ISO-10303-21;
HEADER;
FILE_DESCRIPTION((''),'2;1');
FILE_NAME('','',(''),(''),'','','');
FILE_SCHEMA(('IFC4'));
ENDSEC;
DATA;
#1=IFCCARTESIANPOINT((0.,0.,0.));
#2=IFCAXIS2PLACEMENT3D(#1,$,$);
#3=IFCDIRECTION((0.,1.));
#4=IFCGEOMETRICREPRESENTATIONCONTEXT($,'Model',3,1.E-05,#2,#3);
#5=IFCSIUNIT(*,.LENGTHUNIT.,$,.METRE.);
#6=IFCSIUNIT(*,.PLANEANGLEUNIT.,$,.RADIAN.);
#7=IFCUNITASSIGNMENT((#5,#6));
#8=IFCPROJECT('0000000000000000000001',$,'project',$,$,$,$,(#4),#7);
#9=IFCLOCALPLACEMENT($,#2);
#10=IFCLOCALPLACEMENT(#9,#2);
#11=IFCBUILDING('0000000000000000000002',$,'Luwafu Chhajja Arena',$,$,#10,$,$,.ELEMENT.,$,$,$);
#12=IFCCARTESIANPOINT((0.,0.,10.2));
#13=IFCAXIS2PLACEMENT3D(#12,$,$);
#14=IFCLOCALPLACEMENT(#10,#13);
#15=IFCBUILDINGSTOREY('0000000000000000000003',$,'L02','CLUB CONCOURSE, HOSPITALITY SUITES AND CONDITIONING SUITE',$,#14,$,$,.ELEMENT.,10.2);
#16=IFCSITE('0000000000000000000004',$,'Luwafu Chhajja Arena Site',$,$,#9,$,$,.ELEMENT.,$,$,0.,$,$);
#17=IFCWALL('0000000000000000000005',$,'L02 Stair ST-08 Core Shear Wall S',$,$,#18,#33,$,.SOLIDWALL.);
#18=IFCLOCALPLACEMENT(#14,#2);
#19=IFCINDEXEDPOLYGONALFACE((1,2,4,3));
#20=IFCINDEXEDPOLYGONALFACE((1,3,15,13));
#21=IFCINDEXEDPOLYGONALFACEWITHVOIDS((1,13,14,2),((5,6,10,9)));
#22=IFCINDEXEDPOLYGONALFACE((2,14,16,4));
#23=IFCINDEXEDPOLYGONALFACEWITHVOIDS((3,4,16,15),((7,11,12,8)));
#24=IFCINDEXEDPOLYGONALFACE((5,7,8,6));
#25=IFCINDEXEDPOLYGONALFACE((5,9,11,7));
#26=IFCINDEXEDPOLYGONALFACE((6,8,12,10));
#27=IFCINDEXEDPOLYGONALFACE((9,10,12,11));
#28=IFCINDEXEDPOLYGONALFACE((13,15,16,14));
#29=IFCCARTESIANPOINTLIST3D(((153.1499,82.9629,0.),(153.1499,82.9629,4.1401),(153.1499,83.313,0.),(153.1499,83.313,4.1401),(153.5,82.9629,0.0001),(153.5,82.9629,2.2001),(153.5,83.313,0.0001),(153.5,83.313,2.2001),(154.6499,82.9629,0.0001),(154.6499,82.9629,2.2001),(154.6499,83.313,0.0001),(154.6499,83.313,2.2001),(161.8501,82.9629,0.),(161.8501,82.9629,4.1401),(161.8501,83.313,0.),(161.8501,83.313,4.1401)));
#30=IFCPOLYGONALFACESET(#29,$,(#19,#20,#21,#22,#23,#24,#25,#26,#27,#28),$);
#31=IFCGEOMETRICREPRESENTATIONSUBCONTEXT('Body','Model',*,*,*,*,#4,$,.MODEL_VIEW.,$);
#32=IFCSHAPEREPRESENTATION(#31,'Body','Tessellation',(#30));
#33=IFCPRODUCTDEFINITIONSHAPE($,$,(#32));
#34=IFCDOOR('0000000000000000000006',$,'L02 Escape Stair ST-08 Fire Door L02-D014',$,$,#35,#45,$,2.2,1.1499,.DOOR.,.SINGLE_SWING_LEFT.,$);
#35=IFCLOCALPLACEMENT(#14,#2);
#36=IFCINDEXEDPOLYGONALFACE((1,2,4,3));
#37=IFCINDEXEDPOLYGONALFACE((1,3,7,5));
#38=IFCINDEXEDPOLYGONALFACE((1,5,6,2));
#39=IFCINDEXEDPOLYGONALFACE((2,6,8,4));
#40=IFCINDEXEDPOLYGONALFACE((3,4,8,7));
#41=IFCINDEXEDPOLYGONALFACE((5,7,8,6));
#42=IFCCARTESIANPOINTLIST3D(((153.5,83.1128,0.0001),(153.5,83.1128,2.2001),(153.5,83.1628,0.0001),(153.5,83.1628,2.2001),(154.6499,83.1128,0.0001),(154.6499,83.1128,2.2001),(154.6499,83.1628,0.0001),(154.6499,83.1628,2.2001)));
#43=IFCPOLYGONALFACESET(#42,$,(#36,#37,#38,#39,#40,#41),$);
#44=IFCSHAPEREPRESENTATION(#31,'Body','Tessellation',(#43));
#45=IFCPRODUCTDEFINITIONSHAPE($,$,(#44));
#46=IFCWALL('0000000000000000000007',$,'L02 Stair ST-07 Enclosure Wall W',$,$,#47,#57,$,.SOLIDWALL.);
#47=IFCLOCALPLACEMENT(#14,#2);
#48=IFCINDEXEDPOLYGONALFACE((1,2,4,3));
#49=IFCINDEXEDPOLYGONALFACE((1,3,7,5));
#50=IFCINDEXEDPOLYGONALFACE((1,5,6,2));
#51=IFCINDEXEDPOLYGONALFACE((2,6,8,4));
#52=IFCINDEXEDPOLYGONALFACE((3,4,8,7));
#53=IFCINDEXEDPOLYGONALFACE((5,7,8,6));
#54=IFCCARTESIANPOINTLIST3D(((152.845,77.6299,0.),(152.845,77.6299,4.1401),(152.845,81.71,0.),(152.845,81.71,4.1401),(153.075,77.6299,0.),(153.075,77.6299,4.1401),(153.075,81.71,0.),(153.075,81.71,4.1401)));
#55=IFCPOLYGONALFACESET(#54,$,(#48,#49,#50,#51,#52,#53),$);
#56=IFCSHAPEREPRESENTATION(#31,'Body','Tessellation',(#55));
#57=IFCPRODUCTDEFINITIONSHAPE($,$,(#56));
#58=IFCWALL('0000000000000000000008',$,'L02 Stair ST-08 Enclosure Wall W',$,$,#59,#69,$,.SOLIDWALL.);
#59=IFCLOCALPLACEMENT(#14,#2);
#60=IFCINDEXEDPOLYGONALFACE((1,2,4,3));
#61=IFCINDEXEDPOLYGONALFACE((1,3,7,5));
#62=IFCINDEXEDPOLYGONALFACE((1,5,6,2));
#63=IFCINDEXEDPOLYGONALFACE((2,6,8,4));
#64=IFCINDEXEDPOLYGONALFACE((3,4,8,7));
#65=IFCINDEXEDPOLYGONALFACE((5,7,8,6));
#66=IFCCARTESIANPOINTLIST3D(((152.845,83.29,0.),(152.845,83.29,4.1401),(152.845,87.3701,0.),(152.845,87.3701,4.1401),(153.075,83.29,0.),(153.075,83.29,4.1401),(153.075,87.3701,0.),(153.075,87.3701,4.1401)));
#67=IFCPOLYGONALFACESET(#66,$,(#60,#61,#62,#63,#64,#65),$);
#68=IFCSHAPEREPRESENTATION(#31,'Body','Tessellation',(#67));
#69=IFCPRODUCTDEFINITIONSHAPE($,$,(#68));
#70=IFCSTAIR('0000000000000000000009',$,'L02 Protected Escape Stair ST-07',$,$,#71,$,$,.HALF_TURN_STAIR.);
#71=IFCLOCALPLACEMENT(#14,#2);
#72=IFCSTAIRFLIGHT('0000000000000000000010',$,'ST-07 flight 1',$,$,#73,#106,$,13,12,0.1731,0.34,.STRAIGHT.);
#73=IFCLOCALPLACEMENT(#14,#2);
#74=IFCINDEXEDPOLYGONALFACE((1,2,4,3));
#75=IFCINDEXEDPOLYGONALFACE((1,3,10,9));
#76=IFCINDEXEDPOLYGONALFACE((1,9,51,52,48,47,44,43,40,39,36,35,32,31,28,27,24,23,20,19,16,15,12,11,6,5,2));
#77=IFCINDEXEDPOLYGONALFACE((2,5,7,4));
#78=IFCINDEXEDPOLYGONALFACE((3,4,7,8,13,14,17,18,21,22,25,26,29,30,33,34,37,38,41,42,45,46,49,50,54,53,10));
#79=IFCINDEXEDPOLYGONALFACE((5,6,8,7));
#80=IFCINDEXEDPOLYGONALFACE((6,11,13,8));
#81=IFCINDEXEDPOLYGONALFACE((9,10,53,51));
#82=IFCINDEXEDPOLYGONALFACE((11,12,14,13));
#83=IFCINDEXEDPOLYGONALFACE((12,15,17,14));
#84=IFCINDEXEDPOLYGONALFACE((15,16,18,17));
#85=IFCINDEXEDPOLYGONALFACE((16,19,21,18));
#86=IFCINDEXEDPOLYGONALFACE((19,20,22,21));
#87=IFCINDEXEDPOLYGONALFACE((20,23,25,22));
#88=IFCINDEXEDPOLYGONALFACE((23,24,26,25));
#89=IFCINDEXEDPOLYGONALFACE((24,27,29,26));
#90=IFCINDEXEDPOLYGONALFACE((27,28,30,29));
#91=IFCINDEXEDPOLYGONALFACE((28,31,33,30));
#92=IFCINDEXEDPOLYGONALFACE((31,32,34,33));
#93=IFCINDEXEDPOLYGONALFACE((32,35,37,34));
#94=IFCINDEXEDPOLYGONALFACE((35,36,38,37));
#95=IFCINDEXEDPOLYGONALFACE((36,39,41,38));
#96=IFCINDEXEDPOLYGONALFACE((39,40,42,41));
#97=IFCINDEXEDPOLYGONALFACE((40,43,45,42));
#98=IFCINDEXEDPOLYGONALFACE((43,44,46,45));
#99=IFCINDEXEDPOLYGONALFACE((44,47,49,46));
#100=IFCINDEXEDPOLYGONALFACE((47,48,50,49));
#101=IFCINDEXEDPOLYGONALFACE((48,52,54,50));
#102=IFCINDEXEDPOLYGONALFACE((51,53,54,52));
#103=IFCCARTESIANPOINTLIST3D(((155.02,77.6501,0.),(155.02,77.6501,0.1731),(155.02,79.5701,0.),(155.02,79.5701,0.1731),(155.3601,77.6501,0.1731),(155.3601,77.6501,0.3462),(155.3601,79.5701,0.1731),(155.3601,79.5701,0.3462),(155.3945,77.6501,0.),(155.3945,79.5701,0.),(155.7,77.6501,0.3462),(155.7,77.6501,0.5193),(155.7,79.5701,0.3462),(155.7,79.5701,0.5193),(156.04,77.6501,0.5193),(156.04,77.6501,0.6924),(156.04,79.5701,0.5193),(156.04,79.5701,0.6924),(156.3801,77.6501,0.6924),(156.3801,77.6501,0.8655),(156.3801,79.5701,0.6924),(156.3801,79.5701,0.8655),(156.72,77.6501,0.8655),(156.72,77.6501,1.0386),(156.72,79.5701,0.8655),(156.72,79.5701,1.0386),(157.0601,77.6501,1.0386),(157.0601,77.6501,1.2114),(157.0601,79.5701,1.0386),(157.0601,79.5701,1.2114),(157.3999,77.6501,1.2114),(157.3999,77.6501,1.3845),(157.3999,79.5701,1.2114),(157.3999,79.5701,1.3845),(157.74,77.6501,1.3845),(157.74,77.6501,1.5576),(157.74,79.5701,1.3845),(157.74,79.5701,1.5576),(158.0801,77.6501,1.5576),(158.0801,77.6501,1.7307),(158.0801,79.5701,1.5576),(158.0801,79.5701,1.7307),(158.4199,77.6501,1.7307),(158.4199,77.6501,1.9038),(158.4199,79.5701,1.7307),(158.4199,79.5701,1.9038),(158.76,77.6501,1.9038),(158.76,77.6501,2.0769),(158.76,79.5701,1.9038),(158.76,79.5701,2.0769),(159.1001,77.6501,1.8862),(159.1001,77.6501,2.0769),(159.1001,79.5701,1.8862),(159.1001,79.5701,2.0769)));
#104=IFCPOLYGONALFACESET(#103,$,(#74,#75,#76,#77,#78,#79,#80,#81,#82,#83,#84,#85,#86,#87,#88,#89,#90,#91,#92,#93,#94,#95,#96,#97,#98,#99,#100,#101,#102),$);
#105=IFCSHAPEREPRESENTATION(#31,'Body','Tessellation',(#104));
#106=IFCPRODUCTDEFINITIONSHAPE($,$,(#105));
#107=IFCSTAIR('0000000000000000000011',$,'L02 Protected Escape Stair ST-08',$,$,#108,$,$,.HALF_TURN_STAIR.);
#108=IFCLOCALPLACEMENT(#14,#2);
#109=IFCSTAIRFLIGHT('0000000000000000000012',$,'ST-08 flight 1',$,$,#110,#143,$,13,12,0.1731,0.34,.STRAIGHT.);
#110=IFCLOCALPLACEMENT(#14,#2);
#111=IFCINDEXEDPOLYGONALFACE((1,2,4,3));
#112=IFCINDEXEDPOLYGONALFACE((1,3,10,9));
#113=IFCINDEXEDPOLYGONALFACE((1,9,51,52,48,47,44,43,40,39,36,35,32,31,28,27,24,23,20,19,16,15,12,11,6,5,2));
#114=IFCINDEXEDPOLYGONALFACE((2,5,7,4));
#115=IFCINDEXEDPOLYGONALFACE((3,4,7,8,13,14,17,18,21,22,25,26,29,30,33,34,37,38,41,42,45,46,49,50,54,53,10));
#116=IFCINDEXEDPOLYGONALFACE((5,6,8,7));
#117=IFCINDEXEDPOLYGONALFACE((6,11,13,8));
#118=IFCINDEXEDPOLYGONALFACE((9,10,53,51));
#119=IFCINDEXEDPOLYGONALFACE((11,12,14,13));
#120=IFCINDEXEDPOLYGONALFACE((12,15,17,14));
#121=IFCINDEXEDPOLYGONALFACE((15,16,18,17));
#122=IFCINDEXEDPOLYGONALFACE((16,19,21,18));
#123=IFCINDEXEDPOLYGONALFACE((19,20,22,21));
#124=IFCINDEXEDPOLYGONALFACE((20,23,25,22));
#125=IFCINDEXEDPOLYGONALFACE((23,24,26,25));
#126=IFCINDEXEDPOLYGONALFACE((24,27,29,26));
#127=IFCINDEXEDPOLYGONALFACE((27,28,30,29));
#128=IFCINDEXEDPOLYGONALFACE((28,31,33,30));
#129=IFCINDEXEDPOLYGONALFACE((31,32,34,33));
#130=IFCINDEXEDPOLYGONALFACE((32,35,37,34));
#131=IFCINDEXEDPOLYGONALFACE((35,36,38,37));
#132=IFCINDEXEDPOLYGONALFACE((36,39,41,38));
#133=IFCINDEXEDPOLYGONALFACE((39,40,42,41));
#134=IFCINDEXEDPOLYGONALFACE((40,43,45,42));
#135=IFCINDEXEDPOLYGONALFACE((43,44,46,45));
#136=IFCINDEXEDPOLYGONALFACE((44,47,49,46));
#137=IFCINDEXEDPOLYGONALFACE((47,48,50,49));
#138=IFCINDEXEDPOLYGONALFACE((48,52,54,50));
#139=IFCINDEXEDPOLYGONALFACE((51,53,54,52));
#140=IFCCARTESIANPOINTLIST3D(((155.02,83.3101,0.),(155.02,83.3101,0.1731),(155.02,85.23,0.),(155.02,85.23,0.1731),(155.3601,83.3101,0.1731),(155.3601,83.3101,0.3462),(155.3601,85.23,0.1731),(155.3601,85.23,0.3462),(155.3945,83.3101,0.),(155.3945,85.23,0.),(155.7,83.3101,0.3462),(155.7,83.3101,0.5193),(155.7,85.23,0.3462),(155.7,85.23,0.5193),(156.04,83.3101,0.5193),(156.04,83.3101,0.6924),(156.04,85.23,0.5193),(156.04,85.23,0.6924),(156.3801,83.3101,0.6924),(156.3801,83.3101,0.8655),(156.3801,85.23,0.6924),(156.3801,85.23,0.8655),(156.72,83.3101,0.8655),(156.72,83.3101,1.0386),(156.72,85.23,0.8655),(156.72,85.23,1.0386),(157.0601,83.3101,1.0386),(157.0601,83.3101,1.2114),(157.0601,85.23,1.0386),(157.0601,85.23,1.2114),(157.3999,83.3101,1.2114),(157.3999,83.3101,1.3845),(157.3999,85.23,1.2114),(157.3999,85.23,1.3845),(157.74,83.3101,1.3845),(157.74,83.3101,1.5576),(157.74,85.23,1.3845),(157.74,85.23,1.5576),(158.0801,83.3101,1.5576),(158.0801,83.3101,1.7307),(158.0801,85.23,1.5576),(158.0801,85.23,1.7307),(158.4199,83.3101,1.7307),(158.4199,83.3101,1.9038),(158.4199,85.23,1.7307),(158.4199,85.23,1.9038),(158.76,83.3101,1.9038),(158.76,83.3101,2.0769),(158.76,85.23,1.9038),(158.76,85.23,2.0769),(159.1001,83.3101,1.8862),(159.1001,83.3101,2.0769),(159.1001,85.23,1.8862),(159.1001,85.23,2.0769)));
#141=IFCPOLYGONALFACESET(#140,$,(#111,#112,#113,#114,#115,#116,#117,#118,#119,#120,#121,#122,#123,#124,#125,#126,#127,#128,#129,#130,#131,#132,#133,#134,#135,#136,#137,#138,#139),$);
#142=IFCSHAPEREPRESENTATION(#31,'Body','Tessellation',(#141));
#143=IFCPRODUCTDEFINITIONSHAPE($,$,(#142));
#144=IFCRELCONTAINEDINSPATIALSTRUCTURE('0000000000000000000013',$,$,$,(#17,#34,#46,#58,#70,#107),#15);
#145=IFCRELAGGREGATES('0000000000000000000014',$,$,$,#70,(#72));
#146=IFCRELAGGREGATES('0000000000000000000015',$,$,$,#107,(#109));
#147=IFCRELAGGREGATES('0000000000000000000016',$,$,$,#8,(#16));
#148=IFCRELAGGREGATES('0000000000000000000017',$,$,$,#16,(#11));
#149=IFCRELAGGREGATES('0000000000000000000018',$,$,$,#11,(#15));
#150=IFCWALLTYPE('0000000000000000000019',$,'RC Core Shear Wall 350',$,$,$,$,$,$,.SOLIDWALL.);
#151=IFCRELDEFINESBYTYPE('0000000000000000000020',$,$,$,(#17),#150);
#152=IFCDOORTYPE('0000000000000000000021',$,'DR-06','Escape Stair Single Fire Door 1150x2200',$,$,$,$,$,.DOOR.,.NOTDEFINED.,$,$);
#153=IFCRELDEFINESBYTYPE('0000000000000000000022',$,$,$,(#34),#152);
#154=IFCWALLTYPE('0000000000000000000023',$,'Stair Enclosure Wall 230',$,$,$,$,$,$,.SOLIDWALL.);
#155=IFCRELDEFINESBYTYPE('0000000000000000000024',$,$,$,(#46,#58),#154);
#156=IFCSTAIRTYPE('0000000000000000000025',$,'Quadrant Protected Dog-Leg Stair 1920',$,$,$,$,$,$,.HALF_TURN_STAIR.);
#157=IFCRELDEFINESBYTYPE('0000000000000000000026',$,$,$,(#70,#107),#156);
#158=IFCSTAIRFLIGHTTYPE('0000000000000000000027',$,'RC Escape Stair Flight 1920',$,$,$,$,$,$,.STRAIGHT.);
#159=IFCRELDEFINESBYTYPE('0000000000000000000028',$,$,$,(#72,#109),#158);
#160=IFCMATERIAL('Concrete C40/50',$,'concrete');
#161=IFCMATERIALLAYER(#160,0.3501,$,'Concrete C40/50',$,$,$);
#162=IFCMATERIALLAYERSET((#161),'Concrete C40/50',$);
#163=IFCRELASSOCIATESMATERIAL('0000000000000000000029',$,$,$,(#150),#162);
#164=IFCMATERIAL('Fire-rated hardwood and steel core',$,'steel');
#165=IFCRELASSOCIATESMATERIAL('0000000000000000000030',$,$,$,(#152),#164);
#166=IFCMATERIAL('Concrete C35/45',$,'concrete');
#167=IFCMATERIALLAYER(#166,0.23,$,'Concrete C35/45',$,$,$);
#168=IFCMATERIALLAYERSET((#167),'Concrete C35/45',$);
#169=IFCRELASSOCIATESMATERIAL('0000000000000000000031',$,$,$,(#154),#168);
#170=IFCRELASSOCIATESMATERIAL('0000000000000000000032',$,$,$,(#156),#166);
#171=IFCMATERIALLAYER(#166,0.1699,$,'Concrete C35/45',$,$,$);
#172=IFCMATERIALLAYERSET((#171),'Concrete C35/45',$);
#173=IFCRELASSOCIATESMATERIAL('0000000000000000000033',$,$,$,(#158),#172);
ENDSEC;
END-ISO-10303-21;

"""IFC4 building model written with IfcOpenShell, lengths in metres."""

from ifc_helpers import new_model, si_unit, direction, frame, frame_2d, origin, place, context, subcontext, project, spatial, polyline, rectangle, outline, extrude, material, layer, layer_set, type_object, element, fill, aggregate, save


model = new_model("IFC4")

# Units and contexts
model_context = context("Model", 3, precision=1e-05, world=origin(), true_north=direction((0.0, 1.0)))
body_context = subcontext(model_context, "Body", "Model", "MODEL_VIEW")
ifc_project = project(units=[si_unit("LENGTHUNIT", "METRE"), si_unit("PLANEANGLEUNIT", "RADIAN")], contexts=[model_context])

# Site, building, storey
site_placement = place(None, origin())
site = spatial("IfcSite", under=ifc_project, at=site_placement, Name="Luwafu Chhajja Arena Site", CompositionType="ELEMENT", RefElevation=0.0)
building_placement = place(site_placement, origin())
building = spatial("IfcBuilding", under=site, at=building_placement, Name="Luwafu Chhajja Arena", CompositionType="ELEMENT")
storey_placement = place(building_placement, frame((0.0, 0.0, 10.2)))
storey = spatial("IfcBuildingStorey", under=building, at=storey_placement, Name="L02", Description="CLUB CONCOURSE, HOSPITALITY SUITES AND CONDITIONING SUITE", CompositionType="ELEMENT", Elevation=10.2)

# Shared definitions
ifc_material_1 = material(Name="Concrete C40/50", Category="concrete")
ifc_layer_1 = layer(ifc_material_1, 0.3501, Name="Concrete C40/50")
ifc_layer_set_1 = layer_set([ifc_layer_1], Name="Concrete C40/50")
wall_type_1 = type_object("IfcWallType", Name="RC Core Shear Wall 350", PredefinedType="SOLIDWALL", material=ifc_layer_set_1)

# Wall, opening, door
ifc_material_2 = material(Name="Fire-rated hardwood and steel core", Category="steel")
door_type = type_object("IfcDoorType", Name="DR-06", Description="Escape Stair Single Fire Door 1150x2200", OperationType="NOTDEFINED", PredefinedType="DOOR", material=ifc_material_2)
wall_1_placement = place(storey_placement, frame((153.1499, 83.1379, 0.0), z_axis=(0.0, 0.0, 1.0), x_axis=(1.0, 0.0, 0.0)))
wall_1 = element("IfcWall", 1, at=wall_1_placement, inside=storey, type_object=wall_type_1, Name="L02 Stair ST-08 Core Shear Wall S", PredefinedType="SOLIDWALL", context=body_context, shape_type="SweptSolid", body=[
    extrude(rectangle(XDim=8.7002, YDim=0.3501, at=frame_2d((4.3501, 0.0))), origin(), (0.0, 0.0, 1.0), 4.1401),
])
opening_1_placement = place(wall_1_placement, frame((0.3501, 0.0, 0.0)))
opening_1 = element("IfcOpeningElement", 2, at=opening_1_placement, cuts=wall_1, PredefinedType="OPENING", context=body_context, shape_type="SweptSolid", body=[
    extrude(rectangle(XDim=1.1499, YDim=2.2, at=frame_2d((0.575, 1.1001))), frame((0.0, 0.1851, 0.0), z_axis=(0.0, -1.0, 0.0), x_axis=(1.0, 0.0, 0.0)), (0.0, 0.0, 1.0), 0.3701),
])
door_1_placement = place(opening_1_placement, origin())
door_1 = element("IfcDoor", 3, at=door_1_placement, inside=storey, type_object=door_type, Name="L02 Escape Stair ST-08 Fire Door L02-D014", OperationType="SINGLE_SWING_LEFT", OverallHeight=2.2, OverallWidth=1.1499, PredefinedType="DOOR", context=body_context, shape_type="SweptSolid", body=[
    extrude(rectangle(XDim=1.1499, YDim=2.2, at=frame_2d((0.575, 1.1001))), frame((0.0, 0.0249, 0.0), z_axis=(0.0, -1.0, 0.0), x_axis=(1.0, 0.0, 0.0)), (0.0, 0.0, 1.0), 0.05),
])
fill(opening_1, door_1)

# Walls
ifc_material_3 = material(Name="Concrete C35/45", Category="concrete")
ifc_layer_2 = layer(ifc_material_3, 0.23, Name="Concrete C35/45")
ifc_layer_set_2 = layer_set([ifc_layer_2], Name="Concrete C35/45")
wall_type_2 = type_object("IfcWallType", Name="Stair Enclosure Wall 230", PredefinedType="SOLIDWALL", material=ifc_layer_set_2)
for number, where, z_axis, x_axis, name in (
    (4, (152.96, 77.6299, 0.0), (0.0, 0.0, 1.0), (0.0, 1.0, 0.0), "L02 Stair ST-07 Enclosure Wall W"),
    (5, (152.96, 83.29, 0.0), (0.0, 0.0, 1.0), (0.0, 1.0, 0.0), "L02 Stair ST-08 Enclosure Wall W"),
):
    element("IfcWall", number, at=place(storey_placement, frame(where, z_axis=z_axis, x_axis=x_axis)), inside=storey, type_object=wall_type_2, Name=name, PredefinedType="SOLIDWALL", context=body_context, shape_type="SweptSolid", body=[
        extrude(rectangle(XDim=4.0801, YDim=0.23, at=frame_2d((2.04, 0.0))), origin(), (0.0, 0.0, 1.0), 4.1401),
    ])

# Stairs, stair flights
stair_type = type_object("IfcStairType", Name="Quadrant Protected Dog-Leg Stair 1920", PredefinedType="HALF_TURN_STAIR", material=ifc_material_3)
stair_1_placement = place(storey_placement, origin())
stair_1 = element("IfcStair", 6, at=stair_1_placement, inside=storey, type_object=stair_type, Name="L02 Protected Escape Stair ST-07", PredefinedType="HALF_TURN_STAIR")
ifc_layer_3 = layer(ifc_material_3, 0.1699, Name="Concrete C35/45")
ifc_layer_set_3 = layer_set([ifc_layer_3], Name="Concrete C35/45")
stair_flight_type = type_object("IfcStairFlightType", Name="RC Escape Stair Flight 1920", PredefinedType="STRAIGHT", material=ifc_layer_set_3)
stair_flight_1_placement = place(storey_placement, frame((155.02, 78.6101, 0.0), z_axis=(0.0, 0.0, 1.0), x_axis=(1.0, 0.0, 0.0)))
stair_flight_1 = element("IfcStairFlight", 7, at=stair_flight_1_placement, type_object=stair_flight_type, Name="ST-07 flight 1", NumberOfRisers=13, NumberOfTreads=12, PredefinedType="STRAIGHT", RiserHeight=0.1731, TreadLength=0.34, context=body_context, shape_type="SweptSolid", body=[
    extrude(outline(polyline([(0.0, 0.0), (0.0, 0.1731), (0.3401, 0.1731), (0.3401, 0.3462), (0.6799, 0.3462), (0.6799, 0.5193), (1.02, 0.5193), (1.02, 0.6924), (1.3601, 0.6924), (1.3601, 0.8655), (1.7, 0.8655), (1.7, 1.0386), (2.04, 1.0386), (2.04, 1.2114), (2.3799, 1.2114), (2.3799, 1.3845), (2.72, 1.3845), (2.72, 1.5576), (3.0601, 1.5576), (3.0601, 1.7307), (3.3999, 1.7307), (3.3999, 1.9038), (3.74, 1.9038), (3.74, 2.0769), (4.0801, 2.0769), (4.0801, 2.25), (4.0801, 1.8862), (0.3745, 0.0), (0.0, 0.0)])), frame((0.0, 0.96, 0.0), z_axis=(0.0, -1.0, 0.0), x_axis=(1.0, 0.0, 0.0)), (0.0, 0.0, 1.0), 1.9199),
])
aggregate(stair_1, [stair_flight_1])
stair_2_placement = place(storey_placement, origin())
stair_2 = element("IfcStair", 8, at=stair_2_placement, inside=storey, type_object=stair_type, Name="L02 Protected Escape Stair ST-08", PredefinedType="HALF_TURN_STAIR")
stair_flight_2_placement = place(storey_placement, frame((155.02, 84.27, 0.0), z_axis=(0.0, 0.0, 1.0), x_axis=(1.0, 0.0, 0.0)))
stair_flight_2 = element("IfcStairFlight", 9, at=stair_flight_2_placement, type_object=stair_flight_type, Name="ST-08 flight 1", NumberOfRisers=13, NumberOfTreads=12, PredefinedType="STRAIGHT", RiserHeight=0.1731, TreadLength=0.34, context=body_context, shape_type="SweptSolid", body=[
    extrude(outline(polyline([(0.0, 0.0), (0.0, 0.1731), (0.3401, 0.1731), (0.3401, 0.3462), (0.6799, 0.3462), (0.6799, 0.5193), (1.02, 0.5193), (1.02, 0.6924), (1.3601, 0.6924), (1.3601, 0.8655), (1.7, 0.8655), (1.7, 1.0386), (2.04, 1.0386), (2.04, 1.2114), (2.3799, 1.2114), (2.3799, 1.3845), (2.72, 1.3845), (2.72, 1.5576), (3.0601, 1.5576), (3.0601, 1.7307), (3.3999, 1.7307), (3.3999, 1.9038), (3.74, 1.9038), (3.74, 2.0769), (4.0801, 2.0769), (4.0801, 2.25), (4.0801, 1.8862), (0.3745, 0.0), (0.0, 0.0)])), frame((0.0, 0.96, 0.0), z_axis=(0.0, -1.0, 0.0), x_axis=(1.0, 0.0, 0.0)), (0.0, 0.0, 1.0), 1.9199),
])
aggregate(stair_2, [stair_flight_2])

save(model, "model.ifc")
